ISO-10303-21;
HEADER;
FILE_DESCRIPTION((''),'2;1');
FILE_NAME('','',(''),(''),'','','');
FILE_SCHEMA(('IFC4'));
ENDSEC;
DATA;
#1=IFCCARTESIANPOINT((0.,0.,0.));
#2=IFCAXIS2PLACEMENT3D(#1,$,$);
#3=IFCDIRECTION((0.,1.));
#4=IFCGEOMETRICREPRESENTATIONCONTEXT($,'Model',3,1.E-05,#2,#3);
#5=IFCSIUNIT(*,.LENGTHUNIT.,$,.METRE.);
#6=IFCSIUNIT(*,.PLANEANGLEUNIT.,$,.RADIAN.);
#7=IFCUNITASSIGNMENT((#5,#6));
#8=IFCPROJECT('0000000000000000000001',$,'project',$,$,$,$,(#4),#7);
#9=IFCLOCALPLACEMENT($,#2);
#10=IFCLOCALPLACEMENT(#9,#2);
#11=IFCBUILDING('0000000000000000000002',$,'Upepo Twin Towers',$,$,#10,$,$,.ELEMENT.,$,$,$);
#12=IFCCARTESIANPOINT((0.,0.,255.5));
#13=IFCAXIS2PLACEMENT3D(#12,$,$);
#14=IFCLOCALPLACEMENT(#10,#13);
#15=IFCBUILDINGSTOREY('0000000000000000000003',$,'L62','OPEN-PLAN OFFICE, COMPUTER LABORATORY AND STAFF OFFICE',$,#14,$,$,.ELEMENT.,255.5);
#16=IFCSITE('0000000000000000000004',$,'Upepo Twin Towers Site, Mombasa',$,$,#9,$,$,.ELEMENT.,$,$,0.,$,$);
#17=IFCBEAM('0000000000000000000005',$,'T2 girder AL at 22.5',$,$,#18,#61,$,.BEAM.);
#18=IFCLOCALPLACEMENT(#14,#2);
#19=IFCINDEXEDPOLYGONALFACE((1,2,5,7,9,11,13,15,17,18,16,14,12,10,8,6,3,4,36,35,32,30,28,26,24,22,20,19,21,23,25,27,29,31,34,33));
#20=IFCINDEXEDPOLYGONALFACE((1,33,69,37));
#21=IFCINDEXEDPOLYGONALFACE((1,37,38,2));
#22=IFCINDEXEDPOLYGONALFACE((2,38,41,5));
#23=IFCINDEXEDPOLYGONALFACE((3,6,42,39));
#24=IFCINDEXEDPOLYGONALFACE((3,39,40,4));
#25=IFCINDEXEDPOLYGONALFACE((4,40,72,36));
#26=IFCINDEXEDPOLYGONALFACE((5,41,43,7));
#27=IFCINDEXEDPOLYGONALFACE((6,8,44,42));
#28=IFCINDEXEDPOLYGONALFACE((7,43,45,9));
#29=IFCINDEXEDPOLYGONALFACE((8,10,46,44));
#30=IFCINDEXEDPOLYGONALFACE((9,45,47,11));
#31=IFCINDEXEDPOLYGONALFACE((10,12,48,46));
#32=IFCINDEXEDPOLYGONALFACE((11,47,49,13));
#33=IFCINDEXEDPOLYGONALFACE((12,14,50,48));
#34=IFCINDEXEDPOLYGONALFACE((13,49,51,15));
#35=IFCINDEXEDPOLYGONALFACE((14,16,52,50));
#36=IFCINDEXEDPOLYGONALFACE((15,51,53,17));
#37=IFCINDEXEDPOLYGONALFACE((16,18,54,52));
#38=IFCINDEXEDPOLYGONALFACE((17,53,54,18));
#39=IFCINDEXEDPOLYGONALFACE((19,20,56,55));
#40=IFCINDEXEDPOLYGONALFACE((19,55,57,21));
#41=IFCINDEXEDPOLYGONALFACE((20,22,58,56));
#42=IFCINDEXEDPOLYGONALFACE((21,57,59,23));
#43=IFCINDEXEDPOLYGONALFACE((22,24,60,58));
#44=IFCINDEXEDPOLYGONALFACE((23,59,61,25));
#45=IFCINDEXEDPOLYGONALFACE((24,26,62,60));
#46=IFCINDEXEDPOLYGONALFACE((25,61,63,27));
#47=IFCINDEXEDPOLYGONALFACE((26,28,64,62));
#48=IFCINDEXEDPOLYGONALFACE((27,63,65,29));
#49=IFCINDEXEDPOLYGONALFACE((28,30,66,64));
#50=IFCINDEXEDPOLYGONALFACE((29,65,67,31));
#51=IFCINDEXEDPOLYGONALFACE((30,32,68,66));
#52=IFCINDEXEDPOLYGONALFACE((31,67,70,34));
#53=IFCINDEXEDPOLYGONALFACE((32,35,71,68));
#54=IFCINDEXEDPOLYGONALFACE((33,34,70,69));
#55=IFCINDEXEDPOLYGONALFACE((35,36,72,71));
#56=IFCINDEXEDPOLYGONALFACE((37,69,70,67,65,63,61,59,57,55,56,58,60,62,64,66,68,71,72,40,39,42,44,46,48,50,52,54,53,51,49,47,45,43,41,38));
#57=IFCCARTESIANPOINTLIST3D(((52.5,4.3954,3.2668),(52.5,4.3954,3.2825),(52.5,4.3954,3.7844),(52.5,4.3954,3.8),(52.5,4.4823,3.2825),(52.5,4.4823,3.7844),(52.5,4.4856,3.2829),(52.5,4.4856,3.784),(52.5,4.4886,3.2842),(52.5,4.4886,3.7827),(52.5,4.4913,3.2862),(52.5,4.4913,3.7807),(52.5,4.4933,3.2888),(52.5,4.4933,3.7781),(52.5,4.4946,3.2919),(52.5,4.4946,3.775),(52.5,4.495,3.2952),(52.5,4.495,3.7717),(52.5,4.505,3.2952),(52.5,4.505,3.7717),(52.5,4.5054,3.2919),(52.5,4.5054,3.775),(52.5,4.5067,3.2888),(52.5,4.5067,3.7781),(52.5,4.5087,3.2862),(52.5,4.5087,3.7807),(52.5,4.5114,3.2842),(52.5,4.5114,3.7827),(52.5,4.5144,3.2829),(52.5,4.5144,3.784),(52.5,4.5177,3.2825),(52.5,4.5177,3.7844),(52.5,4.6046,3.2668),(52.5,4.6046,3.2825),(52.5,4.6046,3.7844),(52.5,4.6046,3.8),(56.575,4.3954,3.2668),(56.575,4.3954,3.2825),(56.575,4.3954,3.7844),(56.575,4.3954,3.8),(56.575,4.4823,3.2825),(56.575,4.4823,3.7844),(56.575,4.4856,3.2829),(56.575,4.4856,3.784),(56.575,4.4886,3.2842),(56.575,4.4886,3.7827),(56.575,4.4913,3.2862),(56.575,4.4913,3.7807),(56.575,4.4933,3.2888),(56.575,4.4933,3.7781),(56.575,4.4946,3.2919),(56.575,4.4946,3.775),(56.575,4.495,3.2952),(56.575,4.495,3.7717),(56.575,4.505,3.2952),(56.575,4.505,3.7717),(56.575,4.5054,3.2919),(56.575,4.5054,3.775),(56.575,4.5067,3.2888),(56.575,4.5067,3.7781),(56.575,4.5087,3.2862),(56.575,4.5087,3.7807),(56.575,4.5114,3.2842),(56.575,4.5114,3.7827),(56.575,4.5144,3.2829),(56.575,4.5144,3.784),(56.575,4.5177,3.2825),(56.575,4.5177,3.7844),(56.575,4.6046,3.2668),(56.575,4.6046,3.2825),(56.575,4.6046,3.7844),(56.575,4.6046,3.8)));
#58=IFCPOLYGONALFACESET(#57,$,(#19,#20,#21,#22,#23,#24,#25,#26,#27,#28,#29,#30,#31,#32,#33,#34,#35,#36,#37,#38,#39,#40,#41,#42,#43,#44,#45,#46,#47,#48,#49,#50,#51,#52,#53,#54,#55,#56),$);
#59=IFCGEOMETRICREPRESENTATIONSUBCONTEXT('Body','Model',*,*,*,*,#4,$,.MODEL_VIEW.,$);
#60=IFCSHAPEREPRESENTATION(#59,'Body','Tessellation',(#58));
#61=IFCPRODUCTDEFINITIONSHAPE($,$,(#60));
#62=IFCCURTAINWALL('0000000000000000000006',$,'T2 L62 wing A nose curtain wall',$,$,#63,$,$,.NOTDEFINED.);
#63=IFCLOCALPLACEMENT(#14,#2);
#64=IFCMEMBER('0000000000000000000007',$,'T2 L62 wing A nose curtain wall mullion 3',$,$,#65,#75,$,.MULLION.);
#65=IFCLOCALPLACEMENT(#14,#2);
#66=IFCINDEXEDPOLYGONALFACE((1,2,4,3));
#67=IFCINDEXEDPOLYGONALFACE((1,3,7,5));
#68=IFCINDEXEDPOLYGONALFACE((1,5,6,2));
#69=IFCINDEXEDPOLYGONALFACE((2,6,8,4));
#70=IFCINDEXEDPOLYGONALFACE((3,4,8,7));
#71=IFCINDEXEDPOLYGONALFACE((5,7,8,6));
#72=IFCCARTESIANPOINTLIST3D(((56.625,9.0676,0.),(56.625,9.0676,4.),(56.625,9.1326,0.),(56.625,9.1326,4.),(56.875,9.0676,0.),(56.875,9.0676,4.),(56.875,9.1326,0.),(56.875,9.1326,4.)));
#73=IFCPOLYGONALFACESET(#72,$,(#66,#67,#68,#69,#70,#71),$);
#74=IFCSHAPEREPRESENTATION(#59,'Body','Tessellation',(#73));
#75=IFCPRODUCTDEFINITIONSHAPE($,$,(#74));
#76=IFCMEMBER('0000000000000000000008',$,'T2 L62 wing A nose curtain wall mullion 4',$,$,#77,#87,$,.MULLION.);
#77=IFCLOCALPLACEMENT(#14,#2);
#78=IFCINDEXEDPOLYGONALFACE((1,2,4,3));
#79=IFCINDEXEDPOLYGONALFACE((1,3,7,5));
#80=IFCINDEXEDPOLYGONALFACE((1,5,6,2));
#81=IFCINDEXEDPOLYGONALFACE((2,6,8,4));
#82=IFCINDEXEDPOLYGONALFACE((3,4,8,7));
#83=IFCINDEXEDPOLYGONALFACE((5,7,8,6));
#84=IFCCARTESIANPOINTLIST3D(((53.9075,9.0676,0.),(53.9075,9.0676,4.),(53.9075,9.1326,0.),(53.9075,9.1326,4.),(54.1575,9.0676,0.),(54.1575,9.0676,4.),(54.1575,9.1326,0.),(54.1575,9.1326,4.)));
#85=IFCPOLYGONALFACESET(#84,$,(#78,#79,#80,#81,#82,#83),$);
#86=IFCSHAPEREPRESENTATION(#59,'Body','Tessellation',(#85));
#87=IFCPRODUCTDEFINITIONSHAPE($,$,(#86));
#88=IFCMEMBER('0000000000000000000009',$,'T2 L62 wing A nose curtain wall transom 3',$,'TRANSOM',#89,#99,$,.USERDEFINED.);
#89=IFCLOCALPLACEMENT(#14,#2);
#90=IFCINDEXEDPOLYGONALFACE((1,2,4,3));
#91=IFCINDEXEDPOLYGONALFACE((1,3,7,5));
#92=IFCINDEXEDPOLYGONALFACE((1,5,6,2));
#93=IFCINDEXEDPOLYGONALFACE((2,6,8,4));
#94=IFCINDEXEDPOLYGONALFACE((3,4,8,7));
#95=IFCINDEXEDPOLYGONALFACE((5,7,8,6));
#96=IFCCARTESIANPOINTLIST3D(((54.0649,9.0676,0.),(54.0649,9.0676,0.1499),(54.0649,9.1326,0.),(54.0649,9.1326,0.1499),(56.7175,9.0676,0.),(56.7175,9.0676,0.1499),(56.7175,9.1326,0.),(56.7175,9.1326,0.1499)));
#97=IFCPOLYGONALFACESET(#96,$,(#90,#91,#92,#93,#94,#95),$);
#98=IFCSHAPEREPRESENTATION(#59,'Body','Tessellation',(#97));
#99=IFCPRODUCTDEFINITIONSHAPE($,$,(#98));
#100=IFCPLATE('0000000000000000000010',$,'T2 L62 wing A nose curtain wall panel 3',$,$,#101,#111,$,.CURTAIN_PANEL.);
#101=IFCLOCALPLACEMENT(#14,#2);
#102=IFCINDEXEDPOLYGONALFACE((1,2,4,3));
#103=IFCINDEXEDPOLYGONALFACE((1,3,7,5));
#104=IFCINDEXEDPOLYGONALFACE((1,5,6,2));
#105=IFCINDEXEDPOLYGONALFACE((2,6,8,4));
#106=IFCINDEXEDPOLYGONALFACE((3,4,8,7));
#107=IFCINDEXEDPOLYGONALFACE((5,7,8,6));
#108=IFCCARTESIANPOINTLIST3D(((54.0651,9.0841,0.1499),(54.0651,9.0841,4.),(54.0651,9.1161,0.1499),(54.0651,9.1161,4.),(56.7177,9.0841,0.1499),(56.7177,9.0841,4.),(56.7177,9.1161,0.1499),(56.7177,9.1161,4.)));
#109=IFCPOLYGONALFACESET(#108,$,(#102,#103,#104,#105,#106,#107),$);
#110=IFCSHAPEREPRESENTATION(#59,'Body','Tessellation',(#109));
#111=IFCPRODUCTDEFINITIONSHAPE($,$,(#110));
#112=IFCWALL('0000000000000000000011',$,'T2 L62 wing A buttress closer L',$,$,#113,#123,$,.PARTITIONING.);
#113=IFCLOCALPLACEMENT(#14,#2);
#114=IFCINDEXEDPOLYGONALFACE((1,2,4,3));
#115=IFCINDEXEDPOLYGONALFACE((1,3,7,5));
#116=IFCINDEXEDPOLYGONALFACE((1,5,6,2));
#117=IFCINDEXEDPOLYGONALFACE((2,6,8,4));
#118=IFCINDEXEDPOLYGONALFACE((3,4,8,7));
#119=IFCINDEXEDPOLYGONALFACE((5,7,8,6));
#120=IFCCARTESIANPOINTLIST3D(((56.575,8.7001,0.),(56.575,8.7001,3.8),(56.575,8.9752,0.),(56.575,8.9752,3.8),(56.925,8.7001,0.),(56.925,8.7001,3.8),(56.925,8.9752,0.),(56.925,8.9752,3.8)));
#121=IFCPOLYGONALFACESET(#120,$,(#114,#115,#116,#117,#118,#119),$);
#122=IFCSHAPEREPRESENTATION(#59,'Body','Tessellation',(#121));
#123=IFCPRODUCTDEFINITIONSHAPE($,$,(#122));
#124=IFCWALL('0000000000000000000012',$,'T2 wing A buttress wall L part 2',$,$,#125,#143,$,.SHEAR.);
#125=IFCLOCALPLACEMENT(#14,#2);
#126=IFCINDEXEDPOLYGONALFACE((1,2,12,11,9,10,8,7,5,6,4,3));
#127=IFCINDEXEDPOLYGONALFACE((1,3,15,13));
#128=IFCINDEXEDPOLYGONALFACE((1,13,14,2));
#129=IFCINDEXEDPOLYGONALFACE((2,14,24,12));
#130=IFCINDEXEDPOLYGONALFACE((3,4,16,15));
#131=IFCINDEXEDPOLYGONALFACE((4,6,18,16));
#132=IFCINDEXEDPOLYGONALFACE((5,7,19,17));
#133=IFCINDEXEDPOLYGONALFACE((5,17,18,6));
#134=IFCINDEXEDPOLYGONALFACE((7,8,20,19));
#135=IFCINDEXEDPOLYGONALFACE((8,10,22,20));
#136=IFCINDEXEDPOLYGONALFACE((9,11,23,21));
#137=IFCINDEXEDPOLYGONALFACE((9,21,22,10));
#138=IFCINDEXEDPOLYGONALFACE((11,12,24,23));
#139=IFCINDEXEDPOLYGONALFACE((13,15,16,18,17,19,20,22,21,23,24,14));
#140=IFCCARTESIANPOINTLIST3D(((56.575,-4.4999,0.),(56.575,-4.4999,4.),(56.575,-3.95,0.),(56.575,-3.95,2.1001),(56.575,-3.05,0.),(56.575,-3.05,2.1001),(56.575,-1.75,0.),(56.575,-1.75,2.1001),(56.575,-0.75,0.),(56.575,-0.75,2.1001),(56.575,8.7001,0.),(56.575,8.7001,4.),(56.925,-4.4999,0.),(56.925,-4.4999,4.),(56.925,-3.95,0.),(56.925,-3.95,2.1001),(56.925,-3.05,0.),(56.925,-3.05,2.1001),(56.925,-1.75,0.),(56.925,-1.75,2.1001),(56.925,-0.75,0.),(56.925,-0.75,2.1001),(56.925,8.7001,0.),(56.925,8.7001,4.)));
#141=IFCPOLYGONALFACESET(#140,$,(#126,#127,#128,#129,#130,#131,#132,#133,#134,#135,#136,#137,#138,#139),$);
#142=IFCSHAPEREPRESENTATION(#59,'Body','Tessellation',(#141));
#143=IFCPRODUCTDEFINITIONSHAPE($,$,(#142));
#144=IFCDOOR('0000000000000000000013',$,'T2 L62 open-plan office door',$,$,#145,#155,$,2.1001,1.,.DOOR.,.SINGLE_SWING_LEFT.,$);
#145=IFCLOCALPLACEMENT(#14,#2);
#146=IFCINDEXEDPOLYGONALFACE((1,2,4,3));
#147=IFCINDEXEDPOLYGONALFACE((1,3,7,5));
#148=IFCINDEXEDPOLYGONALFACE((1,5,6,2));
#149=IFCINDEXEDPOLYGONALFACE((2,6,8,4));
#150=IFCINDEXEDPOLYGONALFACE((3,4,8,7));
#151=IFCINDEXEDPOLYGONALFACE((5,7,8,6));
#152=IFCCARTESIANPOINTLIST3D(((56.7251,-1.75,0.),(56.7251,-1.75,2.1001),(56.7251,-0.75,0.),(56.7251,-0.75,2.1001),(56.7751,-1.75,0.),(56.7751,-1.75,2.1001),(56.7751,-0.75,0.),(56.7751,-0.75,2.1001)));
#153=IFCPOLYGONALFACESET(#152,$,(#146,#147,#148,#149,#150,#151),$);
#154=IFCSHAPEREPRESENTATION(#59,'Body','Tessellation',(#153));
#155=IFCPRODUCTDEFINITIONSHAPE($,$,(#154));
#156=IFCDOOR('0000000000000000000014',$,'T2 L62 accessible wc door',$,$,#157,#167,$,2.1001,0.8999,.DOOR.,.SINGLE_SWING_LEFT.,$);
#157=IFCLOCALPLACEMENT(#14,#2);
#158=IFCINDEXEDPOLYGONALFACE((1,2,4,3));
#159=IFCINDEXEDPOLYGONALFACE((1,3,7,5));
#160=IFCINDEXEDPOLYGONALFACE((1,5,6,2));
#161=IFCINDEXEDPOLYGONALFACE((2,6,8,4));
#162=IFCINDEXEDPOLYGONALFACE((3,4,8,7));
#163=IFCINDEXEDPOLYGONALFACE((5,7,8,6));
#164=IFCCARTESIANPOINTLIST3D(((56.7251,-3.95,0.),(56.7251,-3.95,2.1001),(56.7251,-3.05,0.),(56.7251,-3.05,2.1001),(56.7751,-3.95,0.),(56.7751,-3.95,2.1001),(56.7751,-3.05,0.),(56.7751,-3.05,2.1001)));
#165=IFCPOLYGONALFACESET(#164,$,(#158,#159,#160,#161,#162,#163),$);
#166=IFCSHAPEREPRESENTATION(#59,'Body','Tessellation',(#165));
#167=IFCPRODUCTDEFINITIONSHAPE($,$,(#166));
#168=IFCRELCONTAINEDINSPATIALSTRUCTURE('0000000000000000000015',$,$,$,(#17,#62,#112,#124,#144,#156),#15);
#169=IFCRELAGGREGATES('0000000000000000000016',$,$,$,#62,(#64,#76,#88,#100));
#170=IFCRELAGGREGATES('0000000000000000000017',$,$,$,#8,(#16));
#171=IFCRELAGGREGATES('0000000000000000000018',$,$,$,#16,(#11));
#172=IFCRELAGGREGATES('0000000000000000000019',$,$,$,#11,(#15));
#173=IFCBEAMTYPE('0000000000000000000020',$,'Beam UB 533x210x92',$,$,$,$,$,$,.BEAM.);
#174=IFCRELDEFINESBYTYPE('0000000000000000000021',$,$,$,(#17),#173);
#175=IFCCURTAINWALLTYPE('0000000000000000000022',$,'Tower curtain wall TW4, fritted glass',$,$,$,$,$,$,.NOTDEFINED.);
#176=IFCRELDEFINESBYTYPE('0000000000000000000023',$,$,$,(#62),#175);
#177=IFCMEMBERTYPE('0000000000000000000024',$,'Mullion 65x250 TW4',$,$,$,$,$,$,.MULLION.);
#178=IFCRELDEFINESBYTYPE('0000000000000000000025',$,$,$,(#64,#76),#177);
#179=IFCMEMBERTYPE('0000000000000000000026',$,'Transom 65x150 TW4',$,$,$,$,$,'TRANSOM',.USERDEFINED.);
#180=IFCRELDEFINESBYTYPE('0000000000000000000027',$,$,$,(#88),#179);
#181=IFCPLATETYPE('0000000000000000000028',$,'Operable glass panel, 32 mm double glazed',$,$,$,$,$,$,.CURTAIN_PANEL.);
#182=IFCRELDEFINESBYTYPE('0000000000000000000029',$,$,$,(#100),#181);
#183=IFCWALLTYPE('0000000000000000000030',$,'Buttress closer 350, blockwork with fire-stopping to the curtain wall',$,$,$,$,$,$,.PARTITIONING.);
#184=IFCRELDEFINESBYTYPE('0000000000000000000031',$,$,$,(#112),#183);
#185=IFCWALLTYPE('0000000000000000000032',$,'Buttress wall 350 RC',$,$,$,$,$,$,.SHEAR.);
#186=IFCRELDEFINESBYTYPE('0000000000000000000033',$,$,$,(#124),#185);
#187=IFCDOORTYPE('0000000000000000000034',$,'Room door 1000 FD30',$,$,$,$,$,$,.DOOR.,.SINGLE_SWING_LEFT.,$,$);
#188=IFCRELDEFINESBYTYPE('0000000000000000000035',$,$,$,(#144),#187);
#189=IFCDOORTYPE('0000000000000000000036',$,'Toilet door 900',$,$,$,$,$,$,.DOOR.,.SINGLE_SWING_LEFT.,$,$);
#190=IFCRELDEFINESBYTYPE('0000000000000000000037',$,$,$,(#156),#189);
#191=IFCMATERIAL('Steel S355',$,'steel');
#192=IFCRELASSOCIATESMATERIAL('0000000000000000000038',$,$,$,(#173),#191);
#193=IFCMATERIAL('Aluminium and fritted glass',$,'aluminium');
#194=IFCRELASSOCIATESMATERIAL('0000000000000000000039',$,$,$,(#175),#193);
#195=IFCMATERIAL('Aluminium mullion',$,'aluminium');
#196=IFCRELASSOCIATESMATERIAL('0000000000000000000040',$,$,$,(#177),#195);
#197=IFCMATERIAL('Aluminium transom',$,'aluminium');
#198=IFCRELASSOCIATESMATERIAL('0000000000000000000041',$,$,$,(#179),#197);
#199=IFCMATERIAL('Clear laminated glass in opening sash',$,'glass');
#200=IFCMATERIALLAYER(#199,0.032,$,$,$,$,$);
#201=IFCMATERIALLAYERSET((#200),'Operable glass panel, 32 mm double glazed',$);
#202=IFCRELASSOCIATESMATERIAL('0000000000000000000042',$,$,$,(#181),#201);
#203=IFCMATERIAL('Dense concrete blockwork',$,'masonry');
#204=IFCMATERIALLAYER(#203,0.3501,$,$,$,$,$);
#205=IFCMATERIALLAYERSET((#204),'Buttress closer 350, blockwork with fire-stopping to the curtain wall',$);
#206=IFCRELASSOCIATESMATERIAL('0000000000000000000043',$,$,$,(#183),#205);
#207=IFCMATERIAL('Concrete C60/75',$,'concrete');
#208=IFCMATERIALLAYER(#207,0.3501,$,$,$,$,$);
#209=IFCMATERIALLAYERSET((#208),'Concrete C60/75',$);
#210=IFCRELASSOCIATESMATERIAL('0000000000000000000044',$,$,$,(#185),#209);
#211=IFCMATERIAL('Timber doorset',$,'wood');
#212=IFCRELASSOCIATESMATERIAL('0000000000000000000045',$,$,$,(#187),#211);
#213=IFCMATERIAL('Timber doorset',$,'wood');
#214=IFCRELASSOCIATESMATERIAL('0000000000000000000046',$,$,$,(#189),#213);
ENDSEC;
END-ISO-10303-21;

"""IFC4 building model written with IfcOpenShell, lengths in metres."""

from ifc_helpers import new_model, si_unit, direction, frame, frame_2d, origin, origin_2d, place, context, subcontext, project, spatial, rectangle, i_section, extrude, material, layer, layer_set, material_profile, profile_set, type_object, element, fill, aggregate, save


model = new_model("IFC4")

# Units and contexts
model_context = context("Model", 3, precision=1e-05, world=origin(), true_north=direction((0.0, 1.0)))
body_context = subcontext(model_context, "Body", "Model", "MODEL_VIEW")
ifc_project = project(units=[si_unit("LENGTHUNIT", "METRE"), si_unit("PLANEANGLEUNIT", "RADIAN")], contexts=[model_context])

# Site, building, storey
site_placement = place(None, origin())
site = spatial("IfcSite", under=ifc_project, at=site_placement, Name="Upepo Twin Towers Site, Mombasa", CompositionType="ELEMENT", RefElevation=0.0)
building_placement = place(site_placement, origin())
building = spatial("IfcBuilding", under=site, at=building_placement, Name="Upepo Twin Towers", CompositionType="ELEMENT")
storey_placement = place(building_placement, frame((0.0, 0.0, 255.5)))
storey = spatial("IfcBuildingStorey", under=building, at=storey_placement, Name="L62", Description="OPEN-PLAN OFFICE, COMPUTER LABORATORY AND STAFF OFFICE", CompositionType="ELEMENT", Elevation=255.5)

# Beam
ifc_material_1 = material(Name="Steel S355", Category="steel")
ifc_material_profile_1 = material_profile(ifc_material_1, i_section(OverallWidth=0.2092, OverallDepth=0.5332, WebThickness=0.01, FlangeThickness=0.0156, FilletRadius=0.0127, at=origin_2d()), Name="UB 533x210x92")
ifc_profile_set_1 = profile_set([ifc_material_profile_1], Name="Steel S355")
beam_type_1 = type_object("IfcBeamType", Name="Beam UB 533x210x92", PredefinedType="BEAM", material=ifc_profile_set_1)
beam_1_placement = place(storey_placement, frame((52.5, 4.5, 3.5334), z_axis=(1.0, 0.0, 0.0), x_axis=(0.0, 1.0, 0.0)))
element("IfcBeam", 1, at=beam_1_placement, inside=storey, type_object=beam_type_1, Name="T2 girder AL at 22.5", PredefinedType="BEAM", context=body_context, shape_type="SweptSolid", body=[
    extrude(i_section(OverallWidth=0.2092, OverallDepth=0.5332, WebThickness=0.01, FlangeThickness=0.0156, FilletRadius=0.0127, at=origin_2d()), origin(), (0.0, 0.0, 1.0), 4.075),
])

# Curtain wall, members, plate
ifc_material_2 = material(Name="Aluminium and fritted glass", Category="aluminium")
curtain_wall_type = type_object("IfcCurtainWallType", Name="Tower curtain wall TW4, fritted glass", PredefinedType="NOTDEFINED", material=ifc_material_2)
curtain_wall_placement = place(storey_placement, origin())
curtain_wall = element("IfcCurtainWall", 2, at=curtain_wall_placement, inside=storey, type_object=curtain_wall_type, Name="T2 L62 wing A nose curtain wall", PredefinedType="NOTDEFINED")
ifc_material_3 = material(Name="Aluminium mullion", Category="aluminium")
ifc_material_profile_2 = material_profile(ifc_material_3, rectangle(XDim=0.0649, YDim=0.25, at=origin_2d()), Name="MULLION 65x250")
ifc_profile_set_2 = profile_set([ifc_material_profile_2], Name="Aluminium mullion")
member_type_1 = type_object("IfcMemberType", Name="Mullion 65x250 TW4", PredefinedType="MULLION", material=ifc_profile_set_2)
member_1_placement = place(storey_placement, frame((56.75, 9.1001, 0.0), z_axis=(0.0, 0.0, 1.0), x_axis=(0.0, -1.0, 0.0)))
member_1 = element("IfcMember", 3, at=member_1_placement, type_object=member_type_1, Name="T2 L62 wing A nose curtain wall mullion 3", PredefinedType="MULLION", context=body_context, shape_type="SweptSolid", body=[
    extrude(rectangle(XDim=0.0649, YDim=0.25, at=origin_2d()), origin(), (0.0, 0.0, 1.0), 4.0),
])
member_2_placement = place(storey_placement, frame((54.0325, 9.1001, 0.0), z_axis=(0.0, 0.0, 1.0), x_axis=(0.0, -1.0, 0.0)))
member_2 = element("IfcMember", 4, at=member_2_placement, type_object=member_type_1, Name="T2 L62 wing A nose curtain wall mullion 4", PredefinedType="MULLION", context=body_context, shape_type="SweptSolid", body=[
    extrude(rectangle(XDim=0.0649, YDim=0.25, at=origin_2d()), origin(), (0.0, 0.0, 1.0), 4.0),
])
ifc_material_4 = material(Name="Aluminium transom", Category="aluminium")
ifc_material_profile_3 = material_profile(ifc_material_4, rectangle(XDim=0.0649, YDim=0.1499, at=origin_2d()), Name="TRANSOM 65x150")
ifc_profile_set_3 = profile_set([ifc_material_profile_3], Name="Aluminium transom")
member_type_2 = type_object("IfcMemberType", Name="Transom 65x150 TW4", ElementType="TRANSOM", PredefinedType="USERDEFINED", material=ifc_profile_set_3)
member_3_placement = place(storey_placement, frame((56.7175, 9.1001, 0.075), z_axis=(-1.0, 0.0, 0.0), x_axis=(0.0, -1.0, 0.0)))
member_3 = element("IfcMember", 5, at=member_3_placement, type_object=member_type_2, Name="T2 L62 wing A nose curtain wall transom 3", ObjectType="TRANSOM", PredefinedType="USERDEFINED", context=body_context, shape_type="SweptSolid", body=[
    extrude(rectangle(XDim=0.0649, YDim=0.1499, at=origin_2d()), origin(), (0.0, 0.0, 1.0), 2.6526),
])
ifc_material_5 = material(Name="Clear laminated glass in opening sash", Category="glass")
ifc_layer_1 = layer(ifc_material_5, 0.032)
ifc_layer_set_1 = layer_set([ifc_layer_1], Name="Operable glass panel, 32 mm double glazed")
plate_type = type_object("IfcPlateType", Name="Operable glass panel, 32 mm double glazed", PredefinedType="CURTAIN_PANEL", material=ifc_layer_set_1)
plate_placement = place(storey_placement, frame((55.3914, 9.1001, 0.1499), z_axis=(0.0, 0.0, 1.0), x_axis=(-1.0, 0.0, 0.0)))
plate = element("IfcPlate", 6, at=plate_placement, type_object=plate_type, Name="T2 L62 wing A nose curtain wall panel 3", PredefinedType="CURTAIN_PANEL", context=body_context, shape_type="SweptSolid", body=[
    extrude(rectangle(XDim=2.6526, YDim=0.032, at=origin_2d()), origin(), (0.0, 0.0, 1.0), 3.8501),
])
aggregate(curtain_wall, [member_1, member_2, member_3, plate])

# Wall
ifc_material_6 = material(Name="Dense concrete blockwork", Category="masonry")
ifc_layer_2 = layer(ifc_material_6, 0.3501)
ifc_layer_set_2 = layer_set([ifc_layer_2], Name="Buttress closer 350, blockwork with fire-stopping to the curtain wall")
wall_type_1 = type_object("IfcWallType", Name="Buttress closer 350, blockwork with fire-stopping to the curtain wall", PredefinedType="PARTITIONING", material=ifc_layer_set_2)
wall_1_placement = place(storey_placement, frame((56.75, 8.7, 0.0), z_axis=(0.0, 0.0, 1.0), x_axis=(0.0, 1.0, 0.0)))
element("IfcWall", 7, at=wall_1_placement, inside=storey, type_object=wall_type_1, Name="T2 L62 wing A buttress closer L", PredefinedType="PARTITIONING", context=body_context, shape_type="SweptSolid", body=[
    extrude(rectangle(XDim=0.2751, YDim=0.3501, at=frame_2d((0.1377, 0.0))), origin(), (0.0, 0.0, 1.0), 3.8),
])

# Wall, openings, doors
ifc_material_7 = material(Name="Concrete C60/75", Category="concrete")
ifc_layer_3 = layer(ifc_material_7, 0.3501)
ifc_layer_set_3 = layer_set([ifc_layer_3], Name="Concrete C60/75")
wall_type_2 = type_object("IfcWallType", Name="Buttress wall 350 RC", PredefinedType="SHEAR", material=ifc_layer_set_3)
wall_2_placement = place(storey_placement, frame((56.75, -4.5, 0.0), z_axis=(0.0, 0.0, 1.0), x_axis=(0.0, 1.0, 0.0)))
wall_2 = element("IfcWall", 8, at=wall_2_placement, inside=storey, type_object=wall_type_2, Name="T2 wing A buttress wall L part 2", PredefinedType="SHEAR", context=body_context, shape_type="SweptSolid", body=[
    extrude(rectangle(XDim=13.2, YDim=0.3501, at=frame_2d((6.6001, 0.0))), origin(), (0.0, 0.0, 1.0), 4.0),
])
opening_1_placement = place(wall_2_placement, frame((0.55, 0.0, 0.0)))
opening_1 = element("IfcOpeningElement", 9, at=opening_1_placement, cuts=wall_2, PredefinedType="OPENING", context=body_context, shape_type="SweptSolid", body=[
    extrude(rectangle(XDim=0.8999, YDim=2.1001, at=frame_2d((0.45, 1.05))), frame((0.0, 0.1851, 0.0), z_axis=(0.0, -1.0, 0.0), x_axis=(1.0, 0.0, 0.0)), (0.0, 0.0, 1.0), 0.3701),
])
opening_2_placement = place(wall_2_placement, frame((2.75, 0.0, 0.0)))
opening_2 = element("IfcOpeningElement", 10, at=opening_2_placement, cuts=wall_2, PredefinedType="OPENING", context=body_context, shape_type="SweptSolid", body=[
    extrude(rectangle(XDim=1.0, YDim=2.1001, at=frame_2d((0.5, 1.05))), frame((0.0, 0.1851, 0.0), z_axis=(0.0, -1.0, 0.0), x_axis=(1.0, 0.0, 0.0)), (0.0, 0.0, 1.0), 0.3701),
])
ifc_material_8 = material(Name="Timber doorset", Category="wood")
door_type_1 = type_object("IfcDoorType", Name="Room door 1000 FD30", OperationType="SINGLE_SWING_LEFT", PredefinedType="DOOR", material=ifc_material_8)
door_1_placement = place(opening_2_placement, origin())
door_1 = element("IfcDoor", 11, at=door_1_placement, inside=storey, type_object=door_type_1, Name="T2 L62 open-plan office door", OperationType="SINGLE_SWING_LEFT", OverallHeight=2.1001, OverallWidth=1.0, PredefinedType="DOOR", context=body_context, shape_type="SweptSolid", body=[
    extrude(rectangle(XDim=1.0, YDim=2.1001, at=frame_2d((0.5, 1.05))), frame((0.0, 0.0249, 0.0), z_axis=(0.0, -1.0, 0.0), x_axis=(1.0, 0.0, 0.0)), (0.0, 0.0, 1.0), 0.05),
])
fill(opening_2, door_1)
ifc_material_9 = material(Name="Timber doorset", Category="wood")
door_type_2 = type_object("IfcDoorType", Name="Toilet door 900", OperationType="SINGLE_SWING_LEFT", PredefinedType="DOOR", material=ifc_material_9)
door_2_placement = place(opening_1_placement, origin())
door_2 = element("IfcDoor", 12, at=door_2_placement, inside=storey, type_object=door_type_2, Name="T2 L62 accessible wc door", OperationType="SINGLE_SWING_LEFT", OverallHeight=2.1001, OverallWidth=0.8999, PredefinedType="DOOR", context=body_context, shape_type="SweptSolid", body=[
    extrude(rectangle(XDim=0.8999, YDim=2.1001, at=frame_2d((0.45, 1.05))), frame((0.0, 0.0249, 0.0), z_axis=(0.0, -1.0, 0.0), x_axis=(1.0, 0.0, 0.0)), (0.0, 0.0, 1.0), 0.05),
])
fill(opening_1, door_2)

save(model, "model.ifc")
